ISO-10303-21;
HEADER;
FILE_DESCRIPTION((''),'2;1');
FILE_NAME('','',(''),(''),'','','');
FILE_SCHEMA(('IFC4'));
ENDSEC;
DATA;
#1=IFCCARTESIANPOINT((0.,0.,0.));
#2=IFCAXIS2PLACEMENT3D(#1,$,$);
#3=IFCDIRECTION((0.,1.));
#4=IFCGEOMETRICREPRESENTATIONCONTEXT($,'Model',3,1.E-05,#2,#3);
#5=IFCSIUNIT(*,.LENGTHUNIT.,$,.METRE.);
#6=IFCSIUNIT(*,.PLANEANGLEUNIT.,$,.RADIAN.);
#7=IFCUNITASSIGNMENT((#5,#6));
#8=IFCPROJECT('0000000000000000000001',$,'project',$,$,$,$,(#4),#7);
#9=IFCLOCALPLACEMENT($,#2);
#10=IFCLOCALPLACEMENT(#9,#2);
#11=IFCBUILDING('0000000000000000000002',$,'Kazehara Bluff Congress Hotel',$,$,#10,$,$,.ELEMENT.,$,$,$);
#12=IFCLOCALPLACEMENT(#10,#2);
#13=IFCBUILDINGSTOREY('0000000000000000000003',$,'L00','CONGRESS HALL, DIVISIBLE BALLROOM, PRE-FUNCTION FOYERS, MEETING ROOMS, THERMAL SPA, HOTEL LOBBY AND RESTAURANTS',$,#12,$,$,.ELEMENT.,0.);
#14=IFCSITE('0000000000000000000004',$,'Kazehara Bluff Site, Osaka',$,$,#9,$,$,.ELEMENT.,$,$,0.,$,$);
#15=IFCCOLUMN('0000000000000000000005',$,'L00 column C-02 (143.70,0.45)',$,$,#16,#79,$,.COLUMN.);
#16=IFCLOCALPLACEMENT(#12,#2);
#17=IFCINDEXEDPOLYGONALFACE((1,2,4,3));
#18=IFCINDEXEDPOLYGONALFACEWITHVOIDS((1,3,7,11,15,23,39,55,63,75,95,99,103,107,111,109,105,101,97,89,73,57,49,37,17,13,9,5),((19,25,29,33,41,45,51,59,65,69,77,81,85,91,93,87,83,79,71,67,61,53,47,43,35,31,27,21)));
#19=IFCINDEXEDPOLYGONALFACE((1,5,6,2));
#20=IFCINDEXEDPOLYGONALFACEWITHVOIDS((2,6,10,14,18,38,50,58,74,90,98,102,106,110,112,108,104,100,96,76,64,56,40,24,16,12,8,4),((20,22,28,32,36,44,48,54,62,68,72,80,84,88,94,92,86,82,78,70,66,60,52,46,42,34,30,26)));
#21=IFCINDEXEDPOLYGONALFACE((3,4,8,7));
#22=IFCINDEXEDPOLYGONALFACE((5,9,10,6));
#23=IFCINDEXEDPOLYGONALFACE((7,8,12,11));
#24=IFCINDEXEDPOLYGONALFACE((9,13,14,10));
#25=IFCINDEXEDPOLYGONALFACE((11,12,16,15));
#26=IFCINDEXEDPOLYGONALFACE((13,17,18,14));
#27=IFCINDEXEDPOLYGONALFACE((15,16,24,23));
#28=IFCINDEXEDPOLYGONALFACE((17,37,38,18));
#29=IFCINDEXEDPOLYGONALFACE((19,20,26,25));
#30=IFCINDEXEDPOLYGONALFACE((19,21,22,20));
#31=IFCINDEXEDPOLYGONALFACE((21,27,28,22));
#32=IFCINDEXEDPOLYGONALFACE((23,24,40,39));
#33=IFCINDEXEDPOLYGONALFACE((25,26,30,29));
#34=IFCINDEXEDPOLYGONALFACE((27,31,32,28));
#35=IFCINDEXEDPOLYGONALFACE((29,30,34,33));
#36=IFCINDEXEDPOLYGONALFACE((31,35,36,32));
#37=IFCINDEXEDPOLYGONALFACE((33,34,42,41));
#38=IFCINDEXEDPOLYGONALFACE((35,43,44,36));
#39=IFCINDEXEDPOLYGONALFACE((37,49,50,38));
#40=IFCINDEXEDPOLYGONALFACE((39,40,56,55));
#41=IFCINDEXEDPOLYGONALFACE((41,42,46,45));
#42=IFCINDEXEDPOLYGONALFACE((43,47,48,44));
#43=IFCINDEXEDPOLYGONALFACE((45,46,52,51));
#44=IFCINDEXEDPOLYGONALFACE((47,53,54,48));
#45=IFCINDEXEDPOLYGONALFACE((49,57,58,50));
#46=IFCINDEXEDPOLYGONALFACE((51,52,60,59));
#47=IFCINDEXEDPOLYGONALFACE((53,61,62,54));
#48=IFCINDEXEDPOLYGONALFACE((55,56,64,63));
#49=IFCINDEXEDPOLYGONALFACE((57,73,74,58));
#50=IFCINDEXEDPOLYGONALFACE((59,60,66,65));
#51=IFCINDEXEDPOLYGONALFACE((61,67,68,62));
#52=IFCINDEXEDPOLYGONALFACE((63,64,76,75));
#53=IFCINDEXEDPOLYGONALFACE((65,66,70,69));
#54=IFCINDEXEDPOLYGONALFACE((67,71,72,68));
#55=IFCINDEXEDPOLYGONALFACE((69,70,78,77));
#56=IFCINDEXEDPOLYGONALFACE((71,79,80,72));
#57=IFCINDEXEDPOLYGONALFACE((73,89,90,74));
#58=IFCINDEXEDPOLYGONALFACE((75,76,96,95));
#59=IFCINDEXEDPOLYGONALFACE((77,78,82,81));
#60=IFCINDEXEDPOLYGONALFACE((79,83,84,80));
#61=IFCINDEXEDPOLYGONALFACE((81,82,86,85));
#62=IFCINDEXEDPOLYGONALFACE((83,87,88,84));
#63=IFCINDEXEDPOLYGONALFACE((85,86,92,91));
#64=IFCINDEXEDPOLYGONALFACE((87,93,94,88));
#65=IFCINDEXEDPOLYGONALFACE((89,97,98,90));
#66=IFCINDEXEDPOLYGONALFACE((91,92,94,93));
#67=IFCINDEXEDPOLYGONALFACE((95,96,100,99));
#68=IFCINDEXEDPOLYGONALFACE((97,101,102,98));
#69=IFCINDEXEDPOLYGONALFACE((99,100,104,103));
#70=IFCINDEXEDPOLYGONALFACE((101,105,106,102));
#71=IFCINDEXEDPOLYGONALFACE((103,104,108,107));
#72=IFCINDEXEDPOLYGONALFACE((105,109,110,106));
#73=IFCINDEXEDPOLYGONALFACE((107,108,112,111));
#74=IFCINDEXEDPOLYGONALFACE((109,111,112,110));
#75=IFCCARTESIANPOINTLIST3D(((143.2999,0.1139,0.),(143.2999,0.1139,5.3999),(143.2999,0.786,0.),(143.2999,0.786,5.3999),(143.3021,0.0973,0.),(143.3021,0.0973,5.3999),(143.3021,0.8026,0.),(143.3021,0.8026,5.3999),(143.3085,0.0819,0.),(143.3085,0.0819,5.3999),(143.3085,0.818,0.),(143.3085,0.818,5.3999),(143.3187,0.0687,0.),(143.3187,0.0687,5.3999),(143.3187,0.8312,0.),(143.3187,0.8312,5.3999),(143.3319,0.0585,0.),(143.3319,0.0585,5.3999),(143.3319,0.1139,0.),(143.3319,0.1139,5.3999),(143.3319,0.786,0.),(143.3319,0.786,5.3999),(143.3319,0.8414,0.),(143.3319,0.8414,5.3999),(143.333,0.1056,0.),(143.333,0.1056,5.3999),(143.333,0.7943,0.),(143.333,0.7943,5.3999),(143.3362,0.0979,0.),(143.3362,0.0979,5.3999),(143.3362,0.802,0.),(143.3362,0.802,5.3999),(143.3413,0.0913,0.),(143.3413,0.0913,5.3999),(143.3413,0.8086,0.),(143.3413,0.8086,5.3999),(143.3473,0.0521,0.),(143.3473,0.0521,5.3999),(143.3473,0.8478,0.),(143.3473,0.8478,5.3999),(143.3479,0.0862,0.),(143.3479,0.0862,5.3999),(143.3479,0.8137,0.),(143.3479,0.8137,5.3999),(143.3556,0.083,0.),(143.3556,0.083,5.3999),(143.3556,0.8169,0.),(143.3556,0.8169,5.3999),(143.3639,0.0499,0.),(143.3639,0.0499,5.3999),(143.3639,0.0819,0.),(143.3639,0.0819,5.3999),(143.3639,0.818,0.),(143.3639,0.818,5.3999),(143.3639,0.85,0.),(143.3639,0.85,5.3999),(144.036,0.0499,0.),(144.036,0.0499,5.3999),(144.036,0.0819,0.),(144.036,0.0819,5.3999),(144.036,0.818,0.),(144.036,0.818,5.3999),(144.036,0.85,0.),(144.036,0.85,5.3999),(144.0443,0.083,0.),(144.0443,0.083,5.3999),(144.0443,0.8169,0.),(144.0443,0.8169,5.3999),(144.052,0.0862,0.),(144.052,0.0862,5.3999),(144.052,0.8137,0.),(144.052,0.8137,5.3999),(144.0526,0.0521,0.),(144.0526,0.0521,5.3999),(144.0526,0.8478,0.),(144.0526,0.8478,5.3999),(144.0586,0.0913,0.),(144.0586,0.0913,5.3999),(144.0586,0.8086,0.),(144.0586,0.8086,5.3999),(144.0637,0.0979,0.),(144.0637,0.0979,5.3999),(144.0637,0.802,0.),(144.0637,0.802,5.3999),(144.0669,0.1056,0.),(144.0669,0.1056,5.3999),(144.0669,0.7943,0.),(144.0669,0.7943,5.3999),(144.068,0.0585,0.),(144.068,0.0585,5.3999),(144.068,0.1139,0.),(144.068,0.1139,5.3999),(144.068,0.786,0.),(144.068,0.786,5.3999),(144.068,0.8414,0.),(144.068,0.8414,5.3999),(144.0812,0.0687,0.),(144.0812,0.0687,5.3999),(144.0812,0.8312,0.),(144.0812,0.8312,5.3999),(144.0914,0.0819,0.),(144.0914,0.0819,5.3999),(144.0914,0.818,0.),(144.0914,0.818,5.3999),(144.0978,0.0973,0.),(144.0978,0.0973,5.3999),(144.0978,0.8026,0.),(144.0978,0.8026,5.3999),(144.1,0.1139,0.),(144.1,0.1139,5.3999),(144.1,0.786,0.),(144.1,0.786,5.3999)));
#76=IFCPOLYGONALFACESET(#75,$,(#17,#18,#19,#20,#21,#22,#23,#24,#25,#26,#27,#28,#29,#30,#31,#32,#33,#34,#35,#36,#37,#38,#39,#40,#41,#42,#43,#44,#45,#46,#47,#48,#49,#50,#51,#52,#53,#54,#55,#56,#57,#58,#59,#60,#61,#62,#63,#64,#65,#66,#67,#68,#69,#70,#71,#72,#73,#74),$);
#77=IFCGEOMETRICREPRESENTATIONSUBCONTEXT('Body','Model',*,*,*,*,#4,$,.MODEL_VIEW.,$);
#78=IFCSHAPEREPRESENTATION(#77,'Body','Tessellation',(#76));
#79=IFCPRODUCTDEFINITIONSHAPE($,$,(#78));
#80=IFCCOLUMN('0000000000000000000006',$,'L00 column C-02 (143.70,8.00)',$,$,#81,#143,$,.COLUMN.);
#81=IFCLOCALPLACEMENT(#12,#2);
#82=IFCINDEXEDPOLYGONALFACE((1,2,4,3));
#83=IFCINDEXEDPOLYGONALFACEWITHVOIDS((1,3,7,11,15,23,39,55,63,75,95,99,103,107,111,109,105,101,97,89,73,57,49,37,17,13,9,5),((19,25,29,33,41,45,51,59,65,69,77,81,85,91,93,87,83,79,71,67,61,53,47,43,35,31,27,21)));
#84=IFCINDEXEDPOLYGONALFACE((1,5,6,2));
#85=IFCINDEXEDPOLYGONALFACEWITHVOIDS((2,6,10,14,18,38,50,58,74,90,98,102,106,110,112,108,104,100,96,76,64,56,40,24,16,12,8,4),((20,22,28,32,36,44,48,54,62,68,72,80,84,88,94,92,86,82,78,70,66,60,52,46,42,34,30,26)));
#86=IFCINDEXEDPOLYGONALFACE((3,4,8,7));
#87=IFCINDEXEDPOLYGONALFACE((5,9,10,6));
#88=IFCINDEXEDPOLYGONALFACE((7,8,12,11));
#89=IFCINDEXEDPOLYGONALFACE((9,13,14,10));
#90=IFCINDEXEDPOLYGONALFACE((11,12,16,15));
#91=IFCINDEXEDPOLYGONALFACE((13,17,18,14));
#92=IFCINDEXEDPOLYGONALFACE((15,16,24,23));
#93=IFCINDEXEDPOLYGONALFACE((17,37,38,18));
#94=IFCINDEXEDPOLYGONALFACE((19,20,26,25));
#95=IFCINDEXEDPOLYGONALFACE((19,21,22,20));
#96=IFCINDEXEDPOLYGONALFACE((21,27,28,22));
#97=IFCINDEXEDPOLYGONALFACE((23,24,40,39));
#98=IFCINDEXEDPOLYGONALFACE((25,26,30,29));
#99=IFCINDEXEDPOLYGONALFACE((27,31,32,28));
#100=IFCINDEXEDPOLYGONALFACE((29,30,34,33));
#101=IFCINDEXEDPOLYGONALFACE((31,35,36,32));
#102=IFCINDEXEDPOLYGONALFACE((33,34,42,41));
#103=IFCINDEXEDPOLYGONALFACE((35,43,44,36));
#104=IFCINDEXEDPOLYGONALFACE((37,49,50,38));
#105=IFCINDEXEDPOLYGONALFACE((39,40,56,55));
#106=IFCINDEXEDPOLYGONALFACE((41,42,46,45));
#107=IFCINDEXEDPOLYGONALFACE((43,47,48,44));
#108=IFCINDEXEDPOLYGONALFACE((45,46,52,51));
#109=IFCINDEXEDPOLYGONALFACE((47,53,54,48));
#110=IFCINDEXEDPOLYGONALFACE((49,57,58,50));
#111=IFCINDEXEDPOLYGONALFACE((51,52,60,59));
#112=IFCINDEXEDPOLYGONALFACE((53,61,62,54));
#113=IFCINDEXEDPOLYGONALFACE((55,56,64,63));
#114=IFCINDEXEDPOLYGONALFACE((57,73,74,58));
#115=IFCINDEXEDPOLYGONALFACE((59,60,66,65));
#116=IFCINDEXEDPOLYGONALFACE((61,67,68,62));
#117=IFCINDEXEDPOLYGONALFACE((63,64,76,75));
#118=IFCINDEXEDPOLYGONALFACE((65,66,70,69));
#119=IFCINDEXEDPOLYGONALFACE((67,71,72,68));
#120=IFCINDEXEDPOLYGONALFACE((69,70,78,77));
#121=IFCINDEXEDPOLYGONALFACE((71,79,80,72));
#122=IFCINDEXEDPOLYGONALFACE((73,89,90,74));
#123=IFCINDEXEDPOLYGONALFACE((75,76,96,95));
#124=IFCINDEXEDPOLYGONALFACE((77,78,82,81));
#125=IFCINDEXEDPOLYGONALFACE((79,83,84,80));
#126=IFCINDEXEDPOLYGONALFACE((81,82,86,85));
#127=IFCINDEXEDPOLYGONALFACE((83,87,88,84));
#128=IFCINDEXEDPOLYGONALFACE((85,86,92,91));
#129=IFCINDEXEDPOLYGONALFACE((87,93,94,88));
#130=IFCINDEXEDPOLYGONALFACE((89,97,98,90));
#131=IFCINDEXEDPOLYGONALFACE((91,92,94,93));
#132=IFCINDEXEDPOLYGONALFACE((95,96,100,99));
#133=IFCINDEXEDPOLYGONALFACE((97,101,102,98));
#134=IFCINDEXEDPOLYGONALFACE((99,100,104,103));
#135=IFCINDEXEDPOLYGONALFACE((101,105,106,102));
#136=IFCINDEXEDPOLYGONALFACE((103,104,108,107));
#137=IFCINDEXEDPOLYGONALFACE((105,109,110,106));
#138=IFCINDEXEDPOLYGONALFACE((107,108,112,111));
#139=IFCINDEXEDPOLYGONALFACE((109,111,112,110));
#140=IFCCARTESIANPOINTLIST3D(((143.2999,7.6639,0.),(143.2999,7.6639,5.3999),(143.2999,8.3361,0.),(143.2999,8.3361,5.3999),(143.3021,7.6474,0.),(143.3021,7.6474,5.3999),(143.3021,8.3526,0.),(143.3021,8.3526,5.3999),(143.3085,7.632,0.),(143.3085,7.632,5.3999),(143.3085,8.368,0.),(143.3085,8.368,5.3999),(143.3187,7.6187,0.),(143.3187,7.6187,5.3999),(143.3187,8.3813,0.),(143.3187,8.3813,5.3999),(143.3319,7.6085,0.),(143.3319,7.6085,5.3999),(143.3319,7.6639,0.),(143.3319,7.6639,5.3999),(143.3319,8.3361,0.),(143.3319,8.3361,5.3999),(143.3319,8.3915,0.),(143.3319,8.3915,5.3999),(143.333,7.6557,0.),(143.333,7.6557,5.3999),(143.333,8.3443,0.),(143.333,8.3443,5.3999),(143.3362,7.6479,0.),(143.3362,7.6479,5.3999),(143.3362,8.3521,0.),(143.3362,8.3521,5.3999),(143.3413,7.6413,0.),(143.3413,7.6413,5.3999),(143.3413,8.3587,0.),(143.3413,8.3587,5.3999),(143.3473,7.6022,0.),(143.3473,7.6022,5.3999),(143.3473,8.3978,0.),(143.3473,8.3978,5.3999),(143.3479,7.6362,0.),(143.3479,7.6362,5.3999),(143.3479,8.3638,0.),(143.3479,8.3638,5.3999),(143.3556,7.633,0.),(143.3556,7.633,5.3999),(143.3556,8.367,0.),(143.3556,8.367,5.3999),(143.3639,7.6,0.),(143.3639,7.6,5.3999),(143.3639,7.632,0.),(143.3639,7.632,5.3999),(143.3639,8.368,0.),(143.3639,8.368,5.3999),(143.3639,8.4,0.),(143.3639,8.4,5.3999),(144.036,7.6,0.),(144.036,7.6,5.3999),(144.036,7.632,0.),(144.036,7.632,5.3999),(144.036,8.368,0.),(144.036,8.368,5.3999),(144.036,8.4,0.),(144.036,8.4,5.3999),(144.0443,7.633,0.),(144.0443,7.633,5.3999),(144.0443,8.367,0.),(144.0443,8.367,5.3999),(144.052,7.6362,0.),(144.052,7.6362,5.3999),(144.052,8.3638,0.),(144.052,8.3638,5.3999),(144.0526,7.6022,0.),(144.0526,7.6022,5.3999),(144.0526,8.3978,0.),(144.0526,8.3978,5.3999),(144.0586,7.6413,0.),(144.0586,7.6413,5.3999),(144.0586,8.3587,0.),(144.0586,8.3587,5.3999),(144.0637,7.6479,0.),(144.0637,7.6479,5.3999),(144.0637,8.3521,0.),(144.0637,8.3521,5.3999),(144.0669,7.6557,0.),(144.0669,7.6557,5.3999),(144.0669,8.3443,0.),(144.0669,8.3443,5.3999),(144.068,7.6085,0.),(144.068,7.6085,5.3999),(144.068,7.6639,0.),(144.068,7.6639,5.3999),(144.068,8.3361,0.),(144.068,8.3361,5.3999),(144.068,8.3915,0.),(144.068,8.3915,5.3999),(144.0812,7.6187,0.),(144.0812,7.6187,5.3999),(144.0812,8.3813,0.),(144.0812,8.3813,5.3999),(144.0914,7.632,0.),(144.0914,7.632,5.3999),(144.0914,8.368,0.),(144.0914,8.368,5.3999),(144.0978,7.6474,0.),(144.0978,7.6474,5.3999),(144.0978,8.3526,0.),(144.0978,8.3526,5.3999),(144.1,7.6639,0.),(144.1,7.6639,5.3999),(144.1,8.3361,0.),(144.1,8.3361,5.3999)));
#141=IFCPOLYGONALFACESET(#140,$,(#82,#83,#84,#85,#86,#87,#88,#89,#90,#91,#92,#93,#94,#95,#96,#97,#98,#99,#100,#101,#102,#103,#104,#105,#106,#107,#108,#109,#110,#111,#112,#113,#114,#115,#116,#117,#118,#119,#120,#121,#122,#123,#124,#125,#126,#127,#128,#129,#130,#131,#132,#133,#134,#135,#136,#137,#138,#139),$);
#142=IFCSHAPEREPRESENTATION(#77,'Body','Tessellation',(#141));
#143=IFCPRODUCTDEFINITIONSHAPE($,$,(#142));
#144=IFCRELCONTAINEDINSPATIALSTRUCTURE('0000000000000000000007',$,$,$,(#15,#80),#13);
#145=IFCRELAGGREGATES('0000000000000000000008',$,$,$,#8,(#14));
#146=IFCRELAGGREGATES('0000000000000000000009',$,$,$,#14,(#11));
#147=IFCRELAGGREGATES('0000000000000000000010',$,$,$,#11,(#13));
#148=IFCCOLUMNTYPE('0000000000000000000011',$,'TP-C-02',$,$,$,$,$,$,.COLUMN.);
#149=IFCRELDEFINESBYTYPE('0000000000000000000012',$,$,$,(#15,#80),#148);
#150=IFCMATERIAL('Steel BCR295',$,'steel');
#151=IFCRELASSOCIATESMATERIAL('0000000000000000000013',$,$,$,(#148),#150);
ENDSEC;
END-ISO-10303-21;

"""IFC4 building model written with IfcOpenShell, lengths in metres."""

from ifc_helpers import new_model, si_unit, direction, frame, origin, origin_2d, place, context, subcontext, project, spatial, hollow_rectangle, extrude, material, material_profile, profile_set, type_object, element, save


model = new_model("IFC4")

# Units and contexts
model_context = context("Model", 3, precision=1e-05, world=origin(), true_north=direction((0.0, 1.0)))
body_context = subcontext(model_context, "Body", "Model", "MODEL_VIEW")
ifc_project = project(units=[si_unit("LENGTHUNIT", "METRE"), si_unit("PLANEANGLEUNIT", "RADIAN")], contexts=[model_context])

# Site, building, storey
site_placement = place(None, origin())
site = spatial("IfcSite", under=ifc_project, at=site_placement, Name="Kazehara Bluff Site, Osaka", CompositionType="ELEMENT", RefElevation=0.0)
building_placement = place(site_placement, origin())
building = spatial("IfcBuilding", under=site, at=building_placement, Name="Kazehara Bluff Congress Hotel", CompositionType="ELEMENT")
storey_placement = place(building_placement, origin())
storey = spatial("IfcBuildingStorey", under=building, at=storey_placement, Name="L00", Description="CONGRESS HALL, DIVISIBLE BALLROOM, PRE-FUNCTION FOYERS, MEETING ROOMS, THERMAL SPA, HOTEL LOBBY AND RESTAURANTS", CompositionType="ELEMENT", Elevation=0.0)

# Columns
ifc_material_1 = material(Name="Steel BCR295", Category="steel")
ifc_material_profile_1 = material_profile(ifc_material_1, hollow_rectangle(XDim=0.8, YDim=0.8, WallThickness=0.032, InnerFilletRadius=0.032, OuterFilletRadius=0.064, at=origin_2d()))
ifc_profile_set_1 = profile_set([ifc_material_profile_1], Name="Steel BCR295")
column_type = type_object("IfcColumnType", Name="TP-C-02", PredefinedType="COLUMN", material=ifc_profile_set_1)
for number, where, z_axis, x_axis, name in (
    (1, (143.7, 0.45, 0.0), (0.0, 0.0, 1.0), (1.0, 0.0, 0.0), "L00 column C-02 (143.70,0.45)"),
    (2, (143.7, 8.0, 0.0), (0.0, 0.0, 1.0), (1.0, 0.0, 0.0), "L00 column C-02 (143.70,8.00)"),
):
    element("IfcColumn", number, at=place(storey_placement, frame(where, z_axis=z_axis, x_axis=x_axis)), inside=storey, type_object=column_type, Name=name, PredefinedType="COLUMN", context=body_context, shape_type="SweptSolid", body=[
        extrude(hollow_rectangle(XDim=0.8, YDim=0.8, WallThickness=0.032, InnerFilletRadius=0.032, OuterFilletRadius=0.064, at=origin_2d()), origin(), (0.0, 0.0, 1.0), 5.3999),
    ])

save(model, "model.ifc")
